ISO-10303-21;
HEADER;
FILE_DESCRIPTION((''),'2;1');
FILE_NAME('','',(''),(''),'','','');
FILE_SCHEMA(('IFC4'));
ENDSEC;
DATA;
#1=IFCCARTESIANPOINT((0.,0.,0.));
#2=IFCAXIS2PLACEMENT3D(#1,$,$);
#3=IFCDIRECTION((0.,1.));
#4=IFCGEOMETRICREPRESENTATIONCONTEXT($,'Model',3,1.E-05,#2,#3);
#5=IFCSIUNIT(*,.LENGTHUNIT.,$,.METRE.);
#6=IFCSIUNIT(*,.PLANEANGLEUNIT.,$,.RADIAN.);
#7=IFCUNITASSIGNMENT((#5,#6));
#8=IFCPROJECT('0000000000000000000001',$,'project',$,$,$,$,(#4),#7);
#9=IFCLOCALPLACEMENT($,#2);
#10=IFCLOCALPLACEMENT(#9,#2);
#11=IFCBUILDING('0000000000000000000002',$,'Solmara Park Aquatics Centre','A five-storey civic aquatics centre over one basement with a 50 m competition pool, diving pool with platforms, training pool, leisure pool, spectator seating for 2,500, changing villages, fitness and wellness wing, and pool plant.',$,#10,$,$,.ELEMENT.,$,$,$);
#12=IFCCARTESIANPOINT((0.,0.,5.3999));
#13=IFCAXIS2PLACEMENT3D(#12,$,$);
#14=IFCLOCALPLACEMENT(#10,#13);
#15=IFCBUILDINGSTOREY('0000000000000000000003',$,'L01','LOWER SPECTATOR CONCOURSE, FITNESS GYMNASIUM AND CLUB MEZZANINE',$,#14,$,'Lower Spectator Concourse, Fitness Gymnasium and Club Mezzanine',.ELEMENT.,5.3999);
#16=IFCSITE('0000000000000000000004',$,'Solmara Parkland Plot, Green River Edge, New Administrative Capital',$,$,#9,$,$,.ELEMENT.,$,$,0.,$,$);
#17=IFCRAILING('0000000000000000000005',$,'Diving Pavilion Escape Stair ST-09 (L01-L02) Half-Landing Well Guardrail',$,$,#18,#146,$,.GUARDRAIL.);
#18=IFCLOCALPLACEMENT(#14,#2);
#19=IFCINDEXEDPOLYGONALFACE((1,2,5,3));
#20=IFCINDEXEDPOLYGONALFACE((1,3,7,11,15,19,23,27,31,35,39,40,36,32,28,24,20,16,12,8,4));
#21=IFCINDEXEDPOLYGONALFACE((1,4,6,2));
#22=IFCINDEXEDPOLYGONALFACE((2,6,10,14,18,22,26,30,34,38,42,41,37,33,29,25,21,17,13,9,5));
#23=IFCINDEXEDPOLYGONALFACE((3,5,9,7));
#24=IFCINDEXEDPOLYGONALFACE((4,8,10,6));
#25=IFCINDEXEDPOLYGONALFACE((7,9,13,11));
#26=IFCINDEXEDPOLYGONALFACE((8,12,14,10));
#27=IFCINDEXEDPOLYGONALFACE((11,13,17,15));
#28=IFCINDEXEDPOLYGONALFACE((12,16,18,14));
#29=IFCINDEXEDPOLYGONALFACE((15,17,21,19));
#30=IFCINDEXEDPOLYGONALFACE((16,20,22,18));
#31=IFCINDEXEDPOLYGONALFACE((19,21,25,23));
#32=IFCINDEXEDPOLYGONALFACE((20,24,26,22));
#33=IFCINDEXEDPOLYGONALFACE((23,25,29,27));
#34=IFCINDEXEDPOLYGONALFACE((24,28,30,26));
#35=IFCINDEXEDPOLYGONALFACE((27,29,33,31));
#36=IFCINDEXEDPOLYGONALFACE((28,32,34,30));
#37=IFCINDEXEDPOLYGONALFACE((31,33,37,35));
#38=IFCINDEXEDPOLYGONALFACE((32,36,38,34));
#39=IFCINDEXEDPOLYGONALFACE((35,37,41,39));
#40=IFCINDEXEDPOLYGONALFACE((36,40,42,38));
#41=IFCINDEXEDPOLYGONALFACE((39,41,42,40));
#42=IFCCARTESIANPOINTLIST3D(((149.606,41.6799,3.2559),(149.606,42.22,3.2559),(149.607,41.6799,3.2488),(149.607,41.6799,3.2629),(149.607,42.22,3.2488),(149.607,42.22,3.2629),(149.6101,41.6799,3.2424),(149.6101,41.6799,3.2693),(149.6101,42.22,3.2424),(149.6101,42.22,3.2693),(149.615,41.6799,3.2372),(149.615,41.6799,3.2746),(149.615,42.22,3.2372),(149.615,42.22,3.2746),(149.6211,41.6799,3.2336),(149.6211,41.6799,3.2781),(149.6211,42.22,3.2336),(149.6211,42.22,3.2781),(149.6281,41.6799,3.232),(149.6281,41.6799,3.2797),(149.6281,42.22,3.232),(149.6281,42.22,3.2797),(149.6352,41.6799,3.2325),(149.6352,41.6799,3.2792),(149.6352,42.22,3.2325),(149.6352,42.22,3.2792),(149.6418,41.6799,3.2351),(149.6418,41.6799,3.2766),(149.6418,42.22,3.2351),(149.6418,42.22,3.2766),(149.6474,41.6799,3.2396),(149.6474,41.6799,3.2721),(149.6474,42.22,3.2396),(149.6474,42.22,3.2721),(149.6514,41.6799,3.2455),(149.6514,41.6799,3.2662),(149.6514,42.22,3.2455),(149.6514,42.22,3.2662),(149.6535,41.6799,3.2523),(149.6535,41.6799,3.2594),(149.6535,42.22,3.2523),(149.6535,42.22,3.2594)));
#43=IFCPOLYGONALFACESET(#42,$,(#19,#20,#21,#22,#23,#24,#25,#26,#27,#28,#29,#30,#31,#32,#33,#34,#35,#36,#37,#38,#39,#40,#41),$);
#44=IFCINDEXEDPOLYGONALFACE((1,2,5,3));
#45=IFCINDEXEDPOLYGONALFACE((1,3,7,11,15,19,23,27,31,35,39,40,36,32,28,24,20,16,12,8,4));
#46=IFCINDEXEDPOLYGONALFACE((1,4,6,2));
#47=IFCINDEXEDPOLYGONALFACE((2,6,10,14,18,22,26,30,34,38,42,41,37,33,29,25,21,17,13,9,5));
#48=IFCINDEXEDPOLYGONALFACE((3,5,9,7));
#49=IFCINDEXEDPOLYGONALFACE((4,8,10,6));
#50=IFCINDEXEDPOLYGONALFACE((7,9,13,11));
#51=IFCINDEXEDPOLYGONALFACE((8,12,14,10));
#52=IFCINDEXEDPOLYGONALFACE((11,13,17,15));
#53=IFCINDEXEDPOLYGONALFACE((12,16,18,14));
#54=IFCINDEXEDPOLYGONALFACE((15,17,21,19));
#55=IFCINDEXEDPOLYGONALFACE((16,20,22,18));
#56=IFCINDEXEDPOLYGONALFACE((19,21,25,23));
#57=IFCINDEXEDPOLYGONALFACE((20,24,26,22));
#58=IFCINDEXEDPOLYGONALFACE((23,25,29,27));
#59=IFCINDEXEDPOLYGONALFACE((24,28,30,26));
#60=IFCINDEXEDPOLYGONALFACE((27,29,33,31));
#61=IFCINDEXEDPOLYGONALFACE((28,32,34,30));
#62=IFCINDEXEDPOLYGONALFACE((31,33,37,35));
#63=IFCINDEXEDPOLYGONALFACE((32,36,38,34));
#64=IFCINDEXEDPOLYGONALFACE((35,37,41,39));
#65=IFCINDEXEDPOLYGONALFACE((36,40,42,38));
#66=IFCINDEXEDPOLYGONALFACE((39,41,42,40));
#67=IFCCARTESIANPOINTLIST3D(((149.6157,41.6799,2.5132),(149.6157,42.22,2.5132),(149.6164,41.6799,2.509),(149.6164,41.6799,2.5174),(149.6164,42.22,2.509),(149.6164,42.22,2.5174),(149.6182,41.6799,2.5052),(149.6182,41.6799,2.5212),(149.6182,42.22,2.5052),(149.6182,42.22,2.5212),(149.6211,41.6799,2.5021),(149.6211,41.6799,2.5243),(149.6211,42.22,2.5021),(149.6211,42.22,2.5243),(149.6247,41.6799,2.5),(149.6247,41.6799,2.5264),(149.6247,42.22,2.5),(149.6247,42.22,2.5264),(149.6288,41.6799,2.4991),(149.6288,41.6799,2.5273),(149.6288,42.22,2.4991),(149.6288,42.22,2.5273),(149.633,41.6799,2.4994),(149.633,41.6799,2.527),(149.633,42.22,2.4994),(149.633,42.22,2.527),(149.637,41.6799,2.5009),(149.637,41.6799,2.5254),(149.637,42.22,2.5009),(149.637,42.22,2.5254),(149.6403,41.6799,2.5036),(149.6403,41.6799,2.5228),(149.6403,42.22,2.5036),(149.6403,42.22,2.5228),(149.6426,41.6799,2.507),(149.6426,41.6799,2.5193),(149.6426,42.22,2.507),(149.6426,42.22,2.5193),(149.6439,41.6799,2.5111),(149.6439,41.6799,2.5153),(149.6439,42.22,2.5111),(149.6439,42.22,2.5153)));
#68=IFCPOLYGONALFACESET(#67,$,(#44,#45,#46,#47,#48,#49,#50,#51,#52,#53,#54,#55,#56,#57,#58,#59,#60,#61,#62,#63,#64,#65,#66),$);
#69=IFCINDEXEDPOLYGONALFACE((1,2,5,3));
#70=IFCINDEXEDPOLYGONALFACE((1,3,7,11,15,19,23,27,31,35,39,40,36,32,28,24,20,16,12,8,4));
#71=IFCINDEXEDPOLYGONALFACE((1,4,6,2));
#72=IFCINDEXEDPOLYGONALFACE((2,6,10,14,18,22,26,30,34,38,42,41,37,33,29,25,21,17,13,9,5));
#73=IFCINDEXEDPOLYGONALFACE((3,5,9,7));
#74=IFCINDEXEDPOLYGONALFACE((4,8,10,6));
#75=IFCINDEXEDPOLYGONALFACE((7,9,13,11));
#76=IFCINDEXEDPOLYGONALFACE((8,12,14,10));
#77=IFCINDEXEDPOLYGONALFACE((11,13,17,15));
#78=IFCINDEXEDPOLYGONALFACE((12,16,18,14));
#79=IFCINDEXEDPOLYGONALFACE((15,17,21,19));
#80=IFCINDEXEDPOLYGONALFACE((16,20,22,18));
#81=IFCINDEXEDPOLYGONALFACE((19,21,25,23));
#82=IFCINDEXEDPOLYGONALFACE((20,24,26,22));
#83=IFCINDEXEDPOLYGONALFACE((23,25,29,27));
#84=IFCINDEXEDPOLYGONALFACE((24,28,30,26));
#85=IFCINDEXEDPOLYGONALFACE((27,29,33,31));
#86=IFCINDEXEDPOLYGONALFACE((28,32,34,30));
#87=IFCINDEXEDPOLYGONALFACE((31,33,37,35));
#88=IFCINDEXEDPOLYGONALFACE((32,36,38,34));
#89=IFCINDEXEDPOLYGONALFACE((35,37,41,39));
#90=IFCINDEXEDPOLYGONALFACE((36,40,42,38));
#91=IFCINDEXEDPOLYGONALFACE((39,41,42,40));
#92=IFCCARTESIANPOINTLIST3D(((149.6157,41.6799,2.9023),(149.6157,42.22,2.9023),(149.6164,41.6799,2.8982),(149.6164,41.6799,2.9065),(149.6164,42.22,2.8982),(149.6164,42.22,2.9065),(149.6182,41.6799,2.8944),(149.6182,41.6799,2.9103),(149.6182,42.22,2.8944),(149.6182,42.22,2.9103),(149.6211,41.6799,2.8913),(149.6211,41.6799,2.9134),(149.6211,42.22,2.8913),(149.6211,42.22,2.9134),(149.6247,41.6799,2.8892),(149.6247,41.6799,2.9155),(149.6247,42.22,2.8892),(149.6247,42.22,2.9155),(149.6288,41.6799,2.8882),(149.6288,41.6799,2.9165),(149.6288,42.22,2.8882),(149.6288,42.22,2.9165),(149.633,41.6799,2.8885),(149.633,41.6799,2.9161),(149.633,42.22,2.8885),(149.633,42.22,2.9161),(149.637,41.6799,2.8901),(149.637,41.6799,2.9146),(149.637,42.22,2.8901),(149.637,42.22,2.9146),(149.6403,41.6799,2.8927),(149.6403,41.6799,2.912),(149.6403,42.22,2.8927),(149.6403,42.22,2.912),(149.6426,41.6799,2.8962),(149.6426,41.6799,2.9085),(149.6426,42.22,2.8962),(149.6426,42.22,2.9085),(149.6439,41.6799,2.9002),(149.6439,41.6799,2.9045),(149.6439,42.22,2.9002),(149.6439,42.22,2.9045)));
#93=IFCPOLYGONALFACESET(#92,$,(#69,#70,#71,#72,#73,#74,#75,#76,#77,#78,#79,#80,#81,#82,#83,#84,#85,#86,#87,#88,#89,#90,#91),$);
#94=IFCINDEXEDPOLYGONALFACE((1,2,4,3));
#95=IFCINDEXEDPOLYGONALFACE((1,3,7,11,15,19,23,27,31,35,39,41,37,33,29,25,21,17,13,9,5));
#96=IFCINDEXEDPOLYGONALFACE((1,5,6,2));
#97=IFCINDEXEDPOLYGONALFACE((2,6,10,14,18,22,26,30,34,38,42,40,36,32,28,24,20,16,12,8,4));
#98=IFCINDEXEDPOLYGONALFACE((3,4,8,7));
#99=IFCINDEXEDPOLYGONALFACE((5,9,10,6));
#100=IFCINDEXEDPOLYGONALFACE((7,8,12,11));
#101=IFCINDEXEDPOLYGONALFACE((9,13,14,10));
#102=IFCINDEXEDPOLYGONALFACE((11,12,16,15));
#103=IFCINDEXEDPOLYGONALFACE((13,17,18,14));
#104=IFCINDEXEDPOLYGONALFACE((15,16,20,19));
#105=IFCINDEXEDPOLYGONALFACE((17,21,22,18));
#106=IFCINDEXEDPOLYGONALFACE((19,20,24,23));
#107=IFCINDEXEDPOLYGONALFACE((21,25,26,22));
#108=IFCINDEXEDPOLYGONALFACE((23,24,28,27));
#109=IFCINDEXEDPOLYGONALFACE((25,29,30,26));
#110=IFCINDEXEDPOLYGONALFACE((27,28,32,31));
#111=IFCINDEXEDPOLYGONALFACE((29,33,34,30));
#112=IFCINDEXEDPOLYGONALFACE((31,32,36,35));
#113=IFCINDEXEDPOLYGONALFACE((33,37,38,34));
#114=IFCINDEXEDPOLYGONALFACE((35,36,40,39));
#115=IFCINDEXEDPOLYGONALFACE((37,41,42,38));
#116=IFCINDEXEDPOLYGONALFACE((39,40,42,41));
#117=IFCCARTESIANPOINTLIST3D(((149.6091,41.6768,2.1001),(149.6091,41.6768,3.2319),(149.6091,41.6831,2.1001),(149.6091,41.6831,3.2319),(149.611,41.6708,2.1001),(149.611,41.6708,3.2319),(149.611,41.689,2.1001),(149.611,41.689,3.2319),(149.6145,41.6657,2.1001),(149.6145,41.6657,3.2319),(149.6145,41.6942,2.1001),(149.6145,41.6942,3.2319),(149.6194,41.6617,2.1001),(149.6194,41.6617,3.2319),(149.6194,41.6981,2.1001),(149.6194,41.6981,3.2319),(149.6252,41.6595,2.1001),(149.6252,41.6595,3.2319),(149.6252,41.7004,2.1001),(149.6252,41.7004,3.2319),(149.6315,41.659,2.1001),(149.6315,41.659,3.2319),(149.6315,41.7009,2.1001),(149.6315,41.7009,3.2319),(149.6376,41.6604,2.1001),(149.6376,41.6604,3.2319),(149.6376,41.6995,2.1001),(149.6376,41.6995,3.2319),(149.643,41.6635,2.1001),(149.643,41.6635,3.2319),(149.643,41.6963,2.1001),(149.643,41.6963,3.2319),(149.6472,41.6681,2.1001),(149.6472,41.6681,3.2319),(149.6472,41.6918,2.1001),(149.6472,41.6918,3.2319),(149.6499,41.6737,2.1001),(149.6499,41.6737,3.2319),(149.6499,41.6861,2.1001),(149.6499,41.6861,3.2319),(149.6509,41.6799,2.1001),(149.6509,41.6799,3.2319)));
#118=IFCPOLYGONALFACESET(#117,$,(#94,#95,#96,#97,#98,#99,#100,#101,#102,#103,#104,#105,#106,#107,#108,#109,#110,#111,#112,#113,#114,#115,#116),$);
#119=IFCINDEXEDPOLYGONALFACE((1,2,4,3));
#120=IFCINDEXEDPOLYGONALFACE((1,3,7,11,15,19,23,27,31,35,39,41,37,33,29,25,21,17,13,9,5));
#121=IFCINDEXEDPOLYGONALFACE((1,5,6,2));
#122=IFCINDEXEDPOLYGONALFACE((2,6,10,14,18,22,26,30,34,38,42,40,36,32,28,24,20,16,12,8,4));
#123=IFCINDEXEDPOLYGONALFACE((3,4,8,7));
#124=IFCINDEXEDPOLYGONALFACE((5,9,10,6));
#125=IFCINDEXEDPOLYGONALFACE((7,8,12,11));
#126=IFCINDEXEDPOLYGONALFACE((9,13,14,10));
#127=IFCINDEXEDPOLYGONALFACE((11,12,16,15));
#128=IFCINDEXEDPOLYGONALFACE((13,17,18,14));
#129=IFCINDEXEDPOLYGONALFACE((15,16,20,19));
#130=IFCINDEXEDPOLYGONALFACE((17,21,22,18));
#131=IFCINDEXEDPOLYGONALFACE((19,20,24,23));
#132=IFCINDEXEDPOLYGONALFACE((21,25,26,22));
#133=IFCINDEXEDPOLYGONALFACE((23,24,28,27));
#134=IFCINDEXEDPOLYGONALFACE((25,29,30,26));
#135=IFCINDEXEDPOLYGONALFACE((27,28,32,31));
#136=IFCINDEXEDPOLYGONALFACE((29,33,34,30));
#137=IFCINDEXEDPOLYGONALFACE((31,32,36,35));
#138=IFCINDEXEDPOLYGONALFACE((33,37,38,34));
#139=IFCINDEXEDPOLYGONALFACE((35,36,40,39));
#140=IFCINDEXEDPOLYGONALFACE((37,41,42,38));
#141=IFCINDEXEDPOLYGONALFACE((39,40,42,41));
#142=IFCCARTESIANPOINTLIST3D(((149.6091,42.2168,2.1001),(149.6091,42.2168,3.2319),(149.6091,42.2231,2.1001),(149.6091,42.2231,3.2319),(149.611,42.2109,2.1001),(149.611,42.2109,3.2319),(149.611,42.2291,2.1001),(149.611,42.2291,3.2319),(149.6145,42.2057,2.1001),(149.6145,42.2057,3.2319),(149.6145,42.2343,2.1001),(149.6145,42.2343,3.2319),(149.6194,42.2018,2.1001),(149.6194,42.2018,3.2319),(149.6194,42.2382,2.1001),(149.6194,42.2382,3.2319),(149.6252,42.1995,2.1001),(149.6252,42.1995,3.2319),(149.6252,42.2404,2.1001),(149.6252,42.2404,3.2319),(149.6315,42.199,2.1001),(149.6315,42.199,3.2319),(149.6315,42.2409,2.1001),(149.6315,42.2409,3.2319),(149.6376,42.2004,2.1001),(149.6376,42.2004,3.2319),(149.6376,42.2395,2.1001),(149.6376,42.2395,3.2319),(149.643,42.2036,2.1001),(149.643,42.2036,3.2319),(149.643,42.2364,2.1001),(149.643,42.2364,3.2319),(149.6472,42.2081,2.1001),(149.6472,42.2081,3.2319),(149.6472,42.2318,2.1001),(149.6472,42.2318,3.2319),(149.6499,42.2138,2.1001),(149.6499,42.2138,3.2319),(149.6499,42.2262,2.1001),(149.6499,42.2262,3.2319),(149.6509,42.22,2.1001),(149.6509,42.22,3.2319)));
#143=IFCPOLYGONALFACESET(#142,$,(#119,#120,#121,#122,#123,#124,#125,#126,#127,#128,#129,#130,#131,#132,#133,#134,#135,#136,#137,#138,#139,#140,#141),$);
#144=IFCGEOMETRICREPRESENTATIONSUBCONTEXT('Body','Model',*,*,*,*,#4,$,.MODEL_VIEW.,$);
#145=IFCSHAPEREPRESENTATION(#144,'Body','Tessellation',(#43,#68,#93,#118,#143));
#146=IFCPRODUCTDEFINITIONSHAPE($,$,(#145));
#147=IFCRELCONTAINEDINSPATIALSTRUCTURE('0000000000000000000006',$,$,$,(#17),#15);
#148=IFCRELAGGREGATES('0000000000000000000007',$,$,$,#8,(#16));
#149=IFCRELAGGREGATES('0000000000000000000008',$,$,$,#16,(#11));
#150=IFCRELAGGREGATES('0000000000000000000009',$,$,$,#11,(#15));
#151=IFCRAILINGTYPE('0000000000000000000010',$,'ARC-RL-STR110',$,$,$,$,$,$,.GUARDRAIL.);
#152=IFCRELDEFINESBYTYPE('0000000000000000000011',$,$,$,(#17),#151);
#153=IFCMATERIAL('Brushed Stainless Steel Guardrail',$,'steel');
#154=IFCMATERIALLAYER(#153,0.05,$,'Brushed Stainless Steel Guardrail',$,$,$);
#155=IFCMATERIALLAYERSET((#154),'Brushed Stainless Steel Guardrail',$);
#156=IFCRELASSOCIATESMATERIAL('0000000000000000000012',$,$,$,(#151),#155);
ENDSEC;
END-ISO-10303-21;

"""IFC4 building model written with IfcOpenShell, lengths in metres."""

from ifc_helpers import new_model, si_unit, direction, frame, origin, origin_2d, place, context, subcontext, project, spatial, circle, extrude, material, layer, layer_set, type_object, element, save


model = new_model("IFC4")

# Units and contexts
model_context = context("Model", 3, precision=1e-05, world=origin(), true_north=direction((0.0, 1.0)))
body_context = subcontext(model_context, "Body", "Model", "MODEL_VIEW")
ifc_project = project(units=[si_unit("LENGTHUNIT", "METRE"), si_unit("PLANEANGLEUNIT", "RADIAN")], contexts=[model_context])

# Site, building, storey
site_placement = place(None, origin())
site = spatial("IfcSite", under=ifc_project, at=site_placement, Name="Solmara Parkland Plot, Green River Edge, New Administrative Capital", CompositionType="ELEMENT", RefElevation=0.0)
building_placement = place(site_placement, origin())
building = spatial("IfcBuilding", under=site, at=building_placement, Name="Solmara Park Aquatics Centre", Description="A five-storey civic aquatics centre over one basement with a 50 m competition pool, diving pool with platforms, training pool, leisure pool, spectator seating for 2,500, changing villages, fitness and wellness wing, and pool plant.", CompositionType="ELEMENT")
storey_placement = place(building_placement, frame((0.0, 0.0, 5.3999)))
storey = spatial("IfcBuildingStorey", under=building, at=storey_placement, Name="L01", Description="LOWER SPECTATOR CONCOURSE, FITNESS GYMNASIUM AND CLUB MEZZANINE", LongName="Lower Spectator Concourse, Fitness Gymnasium and Club Mezzanine", CompositionType="ELEMENT", Elevation=5.3999)

# Railing
ifc_material_1 = material(Name="Brushed Stainless Steel Guardrail", Category="steel")
ifc_layer_1 = layer(ifc_material_1, 0.05, Name="Brushed Stainless Steel Guardrail")
ifc_layer_set_1 = layer_set([ifc_layer_1], Name="Brushed Stainless Steel Guardrail")
railing_type_1 = type_object("IfcRailingType", Name="ARC-RL-STR110", PredefinedType="GUARDRAIL", material=ifc_layer_set_1)
railing_1_placement = place(storey_placement, frame((149.6299, 41.6799, 2.1001)))
element("IfcRailing", 1, at=railing_1_placement, inside=storey, type_object=railing_type_1, Name="Diving Pavilion Escape Stair ST-09 (L01-L02) Half-Landing Well Guardrail", PredefinedType="GUARDRAIL", context=body_context, shape_type="SweptSolid", body=[
    extrude(circle(Radius=0.0239, at=origin_2d()), frame((0.0, 0.0, 1.1558), z_axis=(0.0, 1.0, 0.0), x_axis=(-1.0, 0.0, 0.0)), (0.0, 0.0, 1.0), 0.54),
    extrude(circle(Radius=0.0142, at=origin_2d()), frame((0.0, 0.0, 0.4131), z_axis=(0.0, 1.0, 0.0), x_axis=(-1.0, 0.0, 0.0)), (0.0, 0.0, 1.0), 0.54),
    extrude(circle(Radius=0.0142, at=origin_2d()), frame((0.0, 0.0, 0.8022), z_axis=(0.0, 1.0, 0.0), x_axis=(-1.0, 0.0, 0.0)), (0.0, 0.0, 1.0), 0.54),
    extrude(circle(Radius=0.021, at=origin_2d()), origin(), (0.0, 0.0, 1.0), 1.1318),
    extrude(circle(Radius=0.021, at=origin_2d()), frame((0.0, 0.54, 0.0)), (0.0, 0.0, 1.0), 1.1318),
])

save(model, "model.ifc")
